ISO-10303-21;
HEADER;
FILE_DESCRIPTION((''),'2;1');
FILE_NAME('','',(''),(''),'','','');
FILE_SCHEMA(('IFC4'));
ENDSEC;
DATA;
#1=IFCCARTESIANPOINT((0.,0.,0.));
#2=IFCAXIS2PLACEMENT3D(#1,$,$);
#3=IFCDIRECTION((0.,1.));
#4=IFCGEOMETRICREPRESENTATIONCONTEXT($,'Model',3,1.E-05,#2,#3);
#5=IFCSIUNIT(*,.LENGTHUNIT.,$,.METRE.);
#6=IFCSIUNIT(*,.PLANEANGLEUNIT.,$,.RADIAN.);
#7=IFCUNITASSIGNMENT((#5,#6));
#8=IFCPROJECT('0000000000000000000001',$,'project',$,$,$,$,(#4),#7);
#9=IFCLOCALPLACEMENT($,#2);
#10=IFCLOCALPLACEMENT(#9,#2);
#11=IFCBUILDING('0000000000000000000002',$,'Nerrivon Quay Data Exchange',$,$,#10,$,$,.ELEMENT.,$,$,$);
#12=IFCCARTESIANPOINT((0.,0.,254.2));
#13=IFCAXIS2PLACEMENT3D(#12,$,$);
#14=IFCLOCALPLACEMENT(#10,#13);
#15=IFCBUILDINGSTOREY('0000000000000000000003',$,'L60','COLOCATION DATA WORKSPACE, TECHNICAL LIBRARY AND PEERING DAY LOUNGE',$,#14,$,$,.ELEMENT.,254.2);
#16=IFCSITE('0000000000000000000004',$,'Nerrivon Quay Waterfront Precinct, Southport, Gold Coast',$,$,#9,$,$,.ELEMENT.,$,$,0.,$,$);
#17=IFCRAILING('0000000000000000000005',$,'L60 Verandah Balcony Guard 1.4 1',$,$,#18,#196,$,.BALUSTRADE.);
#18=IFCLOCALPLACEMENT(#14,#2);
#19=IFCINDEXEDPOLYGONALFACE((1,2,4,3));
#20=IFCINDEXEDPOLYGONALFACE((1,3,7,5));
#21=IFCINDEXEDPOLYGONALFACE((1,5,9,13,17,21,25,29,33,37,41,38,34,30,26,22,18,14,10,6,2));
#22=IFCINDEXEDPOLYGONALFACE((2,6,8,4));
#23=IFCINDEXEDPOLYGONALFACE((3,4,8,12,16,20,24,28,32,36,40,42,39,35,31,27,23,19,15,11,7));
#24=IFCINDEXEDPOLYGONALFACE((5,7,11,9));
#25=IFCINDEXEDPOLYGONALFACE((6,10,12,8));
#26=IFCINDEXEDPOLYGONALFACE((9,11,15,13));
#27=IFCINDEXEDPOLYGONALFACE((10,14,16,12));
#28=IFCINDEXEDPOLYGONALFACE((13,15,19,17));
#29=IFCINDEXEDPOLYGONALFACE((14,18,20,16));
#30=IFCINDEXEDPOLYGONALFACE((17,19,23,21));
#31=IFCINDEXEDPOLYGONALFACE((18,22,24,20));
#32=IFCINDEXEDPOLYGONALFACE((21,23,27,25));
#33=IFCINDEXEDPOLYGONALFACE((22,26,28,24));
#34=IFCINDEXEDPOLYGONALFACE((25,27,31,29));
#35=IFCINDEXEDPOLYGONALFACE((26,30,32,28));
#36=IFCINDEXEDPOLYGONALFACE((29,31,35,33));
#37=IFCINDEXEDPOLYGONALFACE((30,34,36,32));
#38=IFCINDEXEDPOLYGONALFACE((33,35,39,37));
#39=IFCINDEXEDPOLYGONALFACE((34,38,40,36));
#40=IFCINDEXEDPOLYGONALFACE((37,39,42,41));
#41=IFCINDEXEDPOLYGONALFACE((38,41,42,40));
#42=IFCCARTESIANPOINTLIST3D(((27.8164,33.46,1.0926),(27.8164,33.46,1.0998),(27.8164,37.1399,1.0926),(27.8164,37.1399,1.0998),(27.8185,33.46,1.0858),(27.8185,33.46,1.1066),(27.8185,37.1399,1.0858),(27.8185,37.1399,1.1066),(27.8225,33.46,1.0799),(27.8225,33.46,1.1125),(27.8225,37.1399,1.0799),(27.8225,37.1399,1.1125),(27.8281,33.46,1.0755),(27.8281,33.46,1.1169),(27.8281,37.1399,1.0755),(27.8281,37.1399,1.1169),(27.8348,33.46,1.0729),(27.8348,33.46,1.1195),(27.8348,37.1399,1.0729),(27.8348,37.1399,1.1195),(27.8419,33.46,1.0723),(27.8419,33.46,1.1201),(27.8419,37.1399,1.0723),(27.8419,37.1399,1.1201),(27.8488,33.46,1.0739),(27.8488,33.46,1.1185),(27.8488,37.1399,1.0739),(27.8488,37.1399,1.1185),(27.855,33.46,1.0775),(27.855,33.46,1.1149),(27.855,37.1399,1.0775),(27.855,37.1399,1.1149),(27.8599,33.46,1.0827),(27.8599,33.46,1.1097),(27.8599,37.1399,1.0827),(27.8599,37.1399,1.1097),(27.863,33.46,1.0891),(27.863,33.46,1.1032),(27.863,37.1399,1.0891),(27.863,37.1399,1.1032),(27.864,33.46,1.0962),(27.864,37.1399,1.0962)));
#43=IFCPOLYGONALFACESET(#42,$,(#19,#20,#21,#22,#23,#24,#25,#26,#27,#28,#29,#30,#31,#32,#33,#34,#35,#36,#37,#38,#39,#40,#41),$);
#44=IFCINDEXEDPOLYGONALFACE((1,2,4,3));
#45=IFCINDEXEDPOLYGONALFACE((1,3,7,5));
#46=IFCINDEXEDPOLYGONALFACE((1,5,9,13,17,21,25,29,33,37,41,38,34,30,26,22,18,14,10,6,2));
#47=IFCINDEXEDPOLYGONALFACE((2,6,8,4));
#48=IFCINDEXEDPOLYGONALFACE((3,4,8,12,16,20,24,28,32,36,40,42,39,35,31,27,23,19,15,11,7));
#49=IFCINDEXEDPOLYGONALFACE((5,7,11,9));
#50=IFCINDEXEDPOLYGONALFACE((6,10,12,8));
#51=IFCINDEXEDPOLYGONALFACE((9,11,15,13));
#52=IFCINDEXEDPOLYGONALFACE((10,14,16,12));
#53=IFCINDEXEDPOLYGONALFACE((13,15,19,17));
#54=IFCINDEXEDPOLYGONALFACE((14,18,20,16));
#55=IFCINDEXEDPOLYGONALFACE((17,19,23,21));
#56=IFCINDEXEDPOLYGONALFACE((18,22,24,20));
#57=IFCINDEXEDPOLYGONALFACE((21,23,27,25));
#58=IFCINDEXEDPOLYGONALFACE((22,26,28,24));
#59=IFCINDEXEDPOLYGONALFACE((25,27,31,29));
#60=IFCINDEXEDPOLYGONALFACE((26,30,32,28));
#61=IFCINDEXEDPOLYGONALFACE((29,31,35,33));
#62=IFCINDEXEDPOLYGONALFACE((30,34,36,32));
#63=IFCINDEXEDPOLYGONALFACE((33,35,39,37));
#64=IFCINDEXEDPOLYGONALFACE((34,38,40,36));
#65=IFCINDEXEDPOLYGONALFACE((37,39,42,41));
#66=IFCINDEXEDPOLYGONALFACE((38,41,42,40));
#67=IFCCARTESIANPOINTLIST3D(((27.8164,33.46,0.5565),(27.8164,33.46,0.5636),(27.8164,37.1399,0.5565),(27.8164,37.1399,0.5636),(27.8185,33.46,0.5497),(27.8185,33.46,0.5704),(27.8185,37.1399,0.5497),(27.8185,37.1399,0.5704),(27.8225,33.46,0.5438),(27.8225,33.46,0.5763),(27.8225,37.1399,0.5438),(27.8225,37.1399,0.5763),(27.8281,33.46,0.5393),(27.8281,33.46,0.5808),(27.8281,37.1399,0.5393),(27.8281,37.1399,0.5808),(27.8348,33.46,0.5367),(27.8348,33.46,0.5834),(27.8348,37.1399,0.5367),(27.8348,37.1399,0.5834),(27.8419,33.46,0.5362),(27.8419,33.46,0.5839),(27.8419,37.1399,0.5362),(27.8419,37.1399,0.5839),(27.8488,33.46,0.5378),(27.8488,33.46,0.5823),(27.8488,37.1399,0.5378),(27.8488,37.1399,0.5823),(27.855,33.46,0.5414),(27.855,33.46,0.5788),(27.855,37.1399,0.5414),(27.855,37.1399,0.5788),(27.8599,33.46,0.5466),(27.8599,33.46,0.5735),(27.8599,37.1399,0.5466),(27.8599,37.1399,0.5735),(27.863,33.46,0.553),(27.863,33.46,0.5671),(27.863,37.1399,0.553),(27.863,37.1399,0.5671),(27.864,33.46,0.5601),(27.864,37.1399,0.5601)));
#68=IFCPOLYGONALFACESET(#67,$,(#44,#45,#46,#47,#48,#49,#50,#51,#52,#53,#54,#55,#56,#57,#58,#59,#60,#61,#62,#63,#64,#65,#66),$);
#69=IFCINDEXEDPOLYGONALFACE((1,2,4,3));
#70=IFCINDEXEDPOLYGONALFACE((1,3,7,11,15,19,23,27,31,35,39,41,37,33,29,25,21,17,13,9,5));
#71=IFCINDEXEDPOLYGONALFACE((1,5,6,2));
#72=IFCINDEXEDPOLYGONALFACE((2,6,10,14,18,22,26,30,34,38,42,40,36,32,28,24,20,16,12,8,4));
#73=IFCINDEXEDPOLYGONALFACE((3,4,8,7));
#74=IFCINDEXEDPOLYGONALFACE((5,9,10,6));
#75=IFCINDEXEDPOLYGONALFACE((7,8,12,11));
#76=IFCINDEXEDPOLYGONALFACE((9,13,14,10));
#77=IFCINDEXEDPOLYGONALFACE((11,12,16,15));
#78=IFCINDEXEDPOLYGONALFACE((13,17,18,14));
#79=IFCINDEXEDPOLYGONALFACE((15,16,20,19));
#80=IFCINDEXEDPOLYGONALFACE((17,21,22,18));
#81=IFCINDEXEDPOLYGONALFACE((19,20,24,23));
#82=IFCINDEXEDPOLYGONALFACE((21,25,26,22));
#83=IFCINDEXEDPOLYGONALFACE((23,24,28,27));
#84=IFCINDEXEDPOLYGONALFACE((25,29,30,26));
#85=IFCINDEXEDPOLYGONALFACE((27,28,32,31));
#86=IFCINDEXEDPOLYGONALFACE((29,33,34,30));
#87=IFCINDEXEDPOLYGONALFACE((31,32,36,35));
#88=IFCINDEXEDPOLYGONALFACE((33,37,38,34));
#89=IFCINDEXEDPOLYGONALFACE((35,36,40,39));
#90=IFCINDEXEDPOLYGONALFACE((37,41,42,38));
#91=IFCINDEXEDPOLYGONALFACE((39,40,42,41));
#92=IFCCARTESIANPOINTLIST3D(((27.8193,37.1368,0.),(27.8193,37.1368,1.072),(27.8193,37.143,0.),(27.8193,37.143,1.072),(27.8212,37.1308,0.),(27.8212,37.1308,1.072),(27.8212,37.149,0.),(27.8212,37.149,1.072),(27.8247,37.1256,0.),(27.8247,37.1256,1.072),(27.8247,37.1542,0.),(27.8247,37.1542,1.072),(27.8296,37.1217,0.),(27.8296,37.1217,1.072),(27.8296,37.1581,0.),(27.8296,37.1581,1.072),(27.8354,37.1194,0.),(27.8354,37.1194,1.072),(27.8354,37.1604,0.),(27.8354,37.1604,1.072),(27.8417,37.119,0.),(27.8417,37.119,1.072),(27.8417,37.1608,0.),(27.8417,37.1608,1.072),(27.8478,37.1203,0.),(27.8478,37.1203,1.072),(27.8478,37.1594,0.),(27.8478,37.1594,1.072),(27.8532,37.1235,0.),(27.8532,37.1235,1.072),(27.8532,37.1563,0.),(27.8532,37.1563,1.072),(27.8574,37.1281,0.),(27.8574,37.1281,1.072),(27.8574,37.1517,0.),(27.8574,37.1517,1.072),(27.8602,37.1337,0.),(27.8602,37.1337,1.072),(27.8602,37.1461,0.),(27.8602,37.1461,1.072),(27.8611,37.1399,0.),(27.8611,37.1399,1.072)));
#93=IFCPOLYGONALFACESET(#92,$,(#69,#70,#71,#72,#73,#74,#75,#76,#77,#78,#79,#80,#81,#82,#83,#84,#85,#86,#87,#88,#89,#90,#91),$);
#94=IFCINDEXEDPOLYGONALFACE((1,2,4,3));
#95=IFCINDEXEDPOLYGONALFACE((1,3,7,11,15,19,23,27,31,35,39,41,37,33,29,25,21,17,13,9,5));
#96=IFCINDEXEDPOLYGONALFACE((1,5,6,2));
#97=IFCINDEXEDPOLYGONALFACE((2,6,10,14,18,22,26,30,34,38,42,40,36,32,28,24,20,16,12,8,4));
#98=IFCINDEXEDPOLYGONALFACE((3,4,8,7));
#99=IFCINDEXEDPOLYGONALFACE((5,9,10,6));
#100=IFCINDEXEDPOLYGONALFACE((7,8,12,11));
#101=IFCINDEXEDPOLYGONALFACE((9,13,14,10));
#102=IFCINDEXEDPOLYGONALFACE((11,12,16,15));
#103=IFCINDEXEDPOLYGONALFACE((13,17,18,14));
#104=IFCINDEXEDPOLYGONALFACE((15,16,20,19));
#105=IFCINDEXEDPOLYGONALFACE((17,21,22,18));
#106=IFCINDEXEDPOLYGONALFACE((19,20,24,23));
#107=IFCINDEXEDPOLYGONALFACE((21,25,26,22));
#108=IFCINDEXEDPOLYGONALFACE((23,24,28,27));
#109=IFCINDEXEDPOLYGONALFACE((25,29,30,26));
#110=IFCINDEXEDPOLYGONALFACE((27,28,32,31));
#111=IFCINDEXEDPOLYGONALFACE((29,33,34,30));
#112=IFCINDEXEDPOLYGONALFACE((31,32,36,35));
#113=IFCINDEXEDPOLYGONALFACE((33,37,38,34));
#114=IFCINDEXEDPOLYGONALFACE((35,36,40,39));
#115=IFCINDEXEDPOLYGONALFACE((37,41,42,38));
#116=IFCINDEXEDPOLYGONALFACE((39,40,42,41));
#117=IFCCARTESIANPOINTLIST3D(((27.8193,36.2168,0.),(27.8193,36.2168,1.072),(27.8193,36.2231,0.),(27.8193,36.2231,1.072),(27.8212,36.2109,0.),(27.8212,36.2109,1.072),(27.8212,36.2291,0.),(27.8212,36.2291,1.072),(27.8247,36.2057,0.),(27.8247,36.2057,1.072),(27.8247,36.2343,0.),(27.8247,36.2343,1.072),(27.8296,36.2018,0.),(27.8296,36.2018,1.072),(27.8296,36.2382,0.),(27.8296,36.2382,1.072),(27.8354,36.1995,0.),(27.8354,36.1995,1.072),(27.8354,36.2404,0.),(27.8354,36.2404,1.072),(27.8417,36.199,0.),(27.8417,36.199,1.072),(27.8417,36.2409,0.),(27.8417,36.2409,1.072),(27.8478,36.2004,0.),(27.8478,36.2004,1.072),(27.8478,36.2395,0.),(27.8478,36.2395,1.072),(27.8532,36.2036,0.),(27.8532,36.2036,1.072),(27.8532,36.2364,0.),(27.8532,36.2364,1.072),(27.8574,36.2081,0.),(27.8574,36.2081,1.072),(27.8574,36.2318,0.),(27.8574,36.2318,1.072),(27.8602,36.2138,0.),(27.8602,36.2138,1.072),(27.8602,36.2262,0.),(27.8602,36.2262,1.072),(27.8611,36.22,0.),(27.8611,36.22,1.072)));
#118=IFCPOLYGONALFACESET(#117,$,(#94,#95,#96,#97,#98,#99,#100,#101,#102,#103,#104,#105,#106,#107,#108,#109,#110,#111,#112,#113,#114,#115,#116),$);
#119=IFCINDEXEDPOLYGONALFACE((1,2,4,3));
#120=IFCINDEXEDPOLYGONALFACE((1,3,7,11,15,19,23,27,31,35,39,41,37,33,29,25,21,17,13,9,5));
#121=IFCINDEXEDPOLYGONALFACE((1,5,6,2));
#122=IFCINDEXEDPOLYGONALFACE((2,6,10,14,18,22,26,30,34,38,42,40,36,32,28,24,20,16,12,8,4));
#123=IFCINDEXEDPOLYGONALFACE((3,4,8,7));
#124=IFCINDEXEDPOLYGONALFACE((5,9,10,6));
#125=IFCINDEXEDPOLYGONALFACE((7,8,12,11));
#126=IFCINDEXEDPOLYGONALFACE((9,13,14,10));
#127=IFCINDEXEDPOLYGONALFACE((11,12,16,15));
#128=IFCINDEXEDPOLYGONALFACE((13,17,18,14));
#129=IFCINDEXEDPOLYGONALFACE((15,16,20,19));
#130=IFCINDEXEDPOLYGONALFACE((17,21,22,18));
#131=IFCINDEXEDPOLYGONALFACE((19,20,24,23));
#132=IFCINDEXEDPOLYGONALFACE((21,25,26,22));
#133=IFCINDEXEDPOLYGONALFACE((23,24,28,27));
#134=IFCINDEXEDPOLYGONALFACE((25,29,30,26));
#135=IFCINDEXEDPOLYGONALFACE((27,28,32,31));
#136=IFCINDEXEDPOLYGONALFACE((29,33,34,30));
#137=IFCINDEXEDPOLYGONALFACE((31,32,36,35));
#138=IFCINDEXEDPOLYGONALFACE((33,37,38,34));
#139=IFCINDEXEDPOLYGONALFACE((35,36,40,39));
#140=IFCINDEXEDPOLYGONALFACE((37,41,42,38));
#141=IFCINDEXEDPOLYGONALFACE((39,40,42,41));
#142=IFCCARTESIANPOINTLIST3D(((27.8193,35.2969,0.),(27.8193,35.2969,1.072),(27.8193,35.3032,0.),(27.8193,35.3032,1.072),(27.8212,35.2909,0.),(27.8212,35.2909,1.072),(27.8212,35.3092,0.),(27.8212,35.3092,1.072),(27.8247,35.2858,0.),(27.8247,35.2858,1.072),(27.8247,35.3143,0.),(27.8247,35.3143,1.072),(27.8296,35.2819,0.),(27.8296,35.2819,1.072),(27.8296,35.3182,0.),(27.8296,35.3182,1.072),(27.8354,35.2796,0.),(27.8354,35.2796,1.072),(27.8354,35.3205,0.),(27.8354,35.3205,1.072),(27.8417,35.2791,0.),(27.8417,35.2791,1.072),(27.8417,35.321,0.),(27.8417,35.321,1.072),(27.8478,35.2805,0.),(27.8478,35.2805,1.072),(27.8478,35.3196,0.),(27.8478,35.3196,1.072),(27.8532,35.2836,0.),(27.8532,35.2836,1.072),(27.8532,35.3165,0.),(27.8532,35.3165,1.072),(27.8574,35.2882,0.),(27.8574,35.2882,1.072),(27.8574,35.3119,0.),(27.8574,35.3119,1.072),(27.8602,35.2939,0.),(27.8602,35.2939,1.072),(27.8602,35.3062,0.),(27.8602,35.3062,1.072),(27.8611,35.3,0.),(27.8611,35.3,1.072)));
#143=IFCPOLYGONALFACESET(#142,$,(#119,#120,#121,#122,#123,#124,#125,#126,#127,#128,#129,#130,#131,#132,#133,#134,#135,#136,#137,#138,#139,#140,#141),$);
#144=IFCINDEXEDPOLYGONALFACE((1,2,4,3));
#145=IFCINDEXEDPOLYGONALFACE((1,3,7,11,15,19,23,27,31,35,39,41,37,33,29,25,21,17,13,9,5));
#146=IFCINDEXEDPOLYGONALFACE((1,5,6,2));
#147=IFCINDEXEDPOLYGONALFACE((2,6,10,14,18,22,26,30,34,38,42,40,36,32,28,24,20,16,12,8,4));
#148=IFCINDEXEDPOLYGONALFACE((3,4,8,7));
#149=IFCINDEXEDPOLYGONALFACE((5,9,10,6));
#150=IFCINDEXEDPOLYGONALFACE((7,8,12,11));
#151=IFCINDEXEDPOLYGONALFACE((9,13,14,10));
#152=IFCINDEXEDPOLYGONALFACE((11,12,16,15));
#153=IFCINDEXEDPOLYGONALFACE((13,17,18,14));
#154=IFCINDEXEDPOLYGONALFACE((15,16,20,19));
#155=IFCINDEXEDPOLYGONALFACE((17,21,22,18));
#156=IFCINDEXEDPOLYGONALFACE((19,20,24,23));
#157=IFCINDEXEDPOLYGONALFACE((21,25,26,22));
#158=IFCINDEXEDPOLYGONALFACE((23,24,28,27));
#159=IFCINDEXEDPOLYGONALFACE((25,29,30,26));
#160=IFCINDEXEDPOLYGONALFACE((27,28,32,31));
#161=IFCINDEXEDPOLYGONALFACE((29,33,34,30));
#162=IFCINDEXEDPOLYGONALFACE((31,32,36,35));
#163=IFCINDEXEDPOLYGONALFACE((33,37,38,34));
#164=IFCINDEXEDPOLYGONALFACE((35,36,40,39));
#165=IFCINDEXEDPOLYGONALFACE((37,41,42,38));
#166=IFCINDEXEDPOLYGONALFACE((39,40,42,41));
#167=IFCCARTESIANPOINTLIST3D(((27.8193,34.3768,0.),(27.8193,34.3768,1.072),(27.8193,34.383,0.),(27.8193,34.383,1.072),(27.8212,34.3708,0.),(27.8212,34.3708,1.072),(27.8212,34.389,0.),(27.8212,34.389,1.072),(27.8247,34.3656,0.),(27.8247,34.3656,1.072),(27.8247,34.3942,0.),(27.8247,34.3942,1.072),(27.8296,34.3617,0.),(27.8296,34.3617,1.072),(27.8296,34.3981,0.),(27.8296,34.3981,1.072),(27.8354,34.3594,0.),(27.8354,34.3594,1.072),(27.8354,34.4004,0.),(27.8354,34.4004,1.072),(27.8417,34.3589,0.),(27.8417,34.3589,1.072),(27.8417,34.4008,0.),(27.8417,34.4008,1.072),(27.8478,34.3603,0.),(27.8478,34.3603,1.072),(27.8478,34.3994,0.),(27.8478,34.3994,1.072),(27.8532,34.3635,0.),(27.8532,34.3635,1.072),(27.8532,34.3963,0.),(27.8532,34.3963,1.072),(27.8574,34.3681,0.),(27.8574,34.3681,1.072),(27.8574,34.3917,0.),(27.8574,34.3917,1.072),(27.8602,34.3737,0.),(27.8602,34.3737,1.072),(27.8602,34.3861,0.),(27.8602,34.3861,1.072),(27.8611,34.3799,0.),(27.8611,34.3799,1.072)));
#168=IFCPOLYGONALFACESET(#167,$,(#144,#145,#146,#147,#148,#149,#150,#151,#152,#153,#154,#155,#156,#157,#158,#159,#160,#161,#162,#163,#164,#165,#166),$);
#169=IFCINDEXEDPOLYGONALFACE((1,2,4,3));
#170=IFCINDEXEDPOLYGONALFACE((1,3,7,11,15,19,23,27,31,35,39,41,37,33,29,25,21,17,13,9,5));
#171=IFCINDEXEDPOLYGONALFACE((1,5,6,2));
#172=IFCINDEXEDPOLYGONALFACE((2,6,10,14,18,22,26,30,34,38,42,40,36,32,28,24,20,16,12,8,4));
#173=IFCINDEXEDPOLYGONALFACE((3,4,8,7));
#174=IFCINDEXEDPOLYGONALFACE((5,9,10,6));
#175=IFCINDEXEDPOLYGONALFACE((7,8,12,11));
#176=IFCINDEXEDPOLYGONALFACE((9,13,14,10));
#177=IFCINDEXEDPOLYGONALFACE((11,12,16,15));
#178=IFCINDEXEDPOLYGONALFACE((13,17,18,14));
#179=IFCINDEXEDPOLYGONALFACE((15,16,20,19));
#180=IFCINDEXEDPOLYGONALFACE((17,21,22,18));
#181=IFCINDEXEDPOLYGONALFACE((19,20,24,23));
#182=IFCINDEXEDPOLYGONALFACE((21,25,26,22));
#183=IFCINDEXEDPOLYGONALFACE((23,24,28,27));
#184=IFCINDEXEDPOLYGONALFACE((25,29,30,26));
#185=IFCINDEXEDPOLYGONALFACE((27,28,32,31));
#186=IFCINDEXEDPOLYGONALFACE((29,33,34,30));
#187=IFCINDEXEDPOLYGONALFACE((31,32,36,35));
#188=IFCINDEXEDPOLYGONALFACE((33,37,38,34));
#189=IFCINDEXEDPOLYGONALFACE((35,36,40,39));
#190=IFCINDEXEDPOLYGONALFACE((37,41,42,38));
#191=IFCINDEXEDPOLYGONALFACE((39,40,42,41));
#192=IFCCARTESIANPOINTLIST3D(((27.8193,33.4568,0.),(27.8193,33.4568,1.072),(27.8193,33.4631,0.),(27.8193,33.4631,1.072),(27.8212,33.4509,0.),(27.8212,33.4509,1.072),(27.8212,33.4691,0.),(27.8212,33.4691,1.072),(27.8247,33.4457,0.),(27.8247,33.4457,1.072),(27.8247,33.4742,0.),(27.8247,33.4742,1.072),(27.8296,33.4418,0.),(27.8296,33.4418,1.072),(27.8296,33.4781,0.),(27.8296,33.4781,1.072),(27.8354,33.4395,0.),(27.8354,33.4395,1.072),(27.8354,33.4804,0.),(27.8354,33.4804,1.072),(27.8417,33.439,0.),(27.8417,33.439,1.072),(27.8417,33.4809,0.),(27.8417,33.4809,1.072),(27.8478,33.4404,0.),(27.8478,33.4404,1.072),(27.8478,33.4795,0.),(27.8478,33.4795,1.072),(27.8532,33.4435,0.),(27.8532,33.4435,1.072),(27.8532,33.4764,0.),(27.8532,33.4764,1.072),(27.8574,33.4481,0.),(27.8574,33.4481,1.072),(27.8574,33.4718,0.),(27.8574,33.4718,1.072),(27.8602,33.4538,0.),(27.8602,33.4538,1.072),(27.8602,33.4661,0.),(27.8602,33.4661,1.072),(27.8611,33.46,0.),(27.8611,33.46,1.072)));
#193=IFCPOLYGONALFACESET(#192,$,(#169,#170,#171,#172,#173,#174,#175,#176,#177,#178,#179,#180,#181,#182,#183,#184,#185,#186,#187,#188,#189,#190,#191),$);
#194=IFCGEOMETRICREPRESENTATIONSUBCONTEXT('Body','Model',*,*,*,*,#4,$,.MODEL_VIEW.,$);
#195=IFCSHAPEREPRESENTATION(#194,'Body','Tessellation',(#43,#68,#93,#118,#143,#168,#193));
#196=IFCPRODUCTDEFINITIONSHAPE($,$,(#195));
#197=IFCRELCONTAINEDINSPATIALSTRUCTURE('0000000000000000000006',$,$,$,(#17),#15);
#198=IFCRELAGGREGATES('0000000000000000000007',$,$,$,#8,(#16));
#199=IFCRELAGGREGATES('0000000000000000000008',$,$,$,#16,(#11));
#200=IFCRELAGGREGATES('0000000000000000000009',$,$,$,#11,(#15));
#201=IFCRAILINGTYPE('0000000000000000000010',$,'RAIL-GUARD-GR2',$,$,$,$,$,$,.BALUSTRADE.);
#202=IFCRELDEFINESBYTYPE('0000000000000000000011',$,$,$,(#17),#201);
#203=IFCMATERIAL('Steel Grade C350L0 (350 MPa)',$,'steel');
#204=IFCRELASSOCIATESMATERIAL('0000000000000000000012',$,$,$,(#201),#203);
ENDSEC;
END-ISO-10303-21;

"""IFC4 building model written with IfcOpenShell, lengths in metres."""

from ifc_helpers import new_model, si_unit, direction, frame, origin, origin_2d, place, context, subcontext, project, spatial, circle, extrude, material, type_object, element, save


model = new_model("IFC4")

# Units and contexts
model_context = context("Model", 3, precision=1e-05, world=origin(), true_north=direction((0.0, 1.0)))
body_context = subcontext(model_context, "Body", "Model", "MODEL_VIEW")
ifc_project = project(units=[si_unit("LENGTHUNIT", "METRE"), si_unit("PLANEANGLEUNIT", "RADIAN")], contexts=[model_context])

# Site, building, storey
site_placement = place(None, origin())
site = spatial("IfcSite", under=ifc_project, at=site_placement, Name="Nerrivon Quay Waterfront Precinct, Southport, Gold Coast", CompositionType="ELEMENT", RefElevation=0.0)
building_placement = place(site_placement, origin())
building = spatial("IfcBuilding", under=site, at=building_placement, Name="Nerrivon Quay Data Exchange", CompositionType="ELEMENT")
storey_placement = place(building_placement, frame((0.0, 0.0, 254.2)))
storey = spatial("IfcBuildingStorey", under=building, at=storey_placement, Name="L60", Description="COLOCATION DATA WORKSPACE, TECHNICAL LIBRARY AND PEERING DAY LOUNGE", CompositionType="ELEMENT", Elevation=254.2)

# Shared definitions
ifc_material_1 = material(Name="Steel Grade C350L0 (350 MPa)", Category="steel")

# Railing
railing_type = type_object("IfcRailingType", Name="RAIL-GUARD-GR2", PredefinedType="BALUSTRADE", material=ifc_material_1)
railing_1_placement = place(storey_placement, frame((27.8401, 37.1399, 0.0)))
element("IfcRailing", 1, at=railing_1_placement, inside=storey, type_object=railing_type, Name="L60 Verandah Balcony Guard 1.4 1", PredefinedType="BALUSTRADE", context=body_context, shape_type="SweptSolid", body=[
    extrude(circle(Radius=0.0239, at=origin_2d()), frame((0.0, 0.0, 1.0962), z_axis=(0.0, -1.0, 0.0), x_axis=(1.0, 0.0, 0.0)), (0.0, 0.0, 1.0), 3.6799),
    extrude(circle(Radius=0.0239, at=origin_2d()), frame((0.0, 0.0, 0.5601), z_axis=(0.0, -1.0, 0.0), x_axis=(1.0, 0.0, 0.0)), (0.0, 0.0, 1.0), 3.6799),
    extrude(circle(Radius=0.021, at=origin_2d()), origin(), (0.0, 0.0, 1.0), 1.072),
    extrude(circle(Radius=0.021, at=origin_2d()), frame((0.0, -0.9199, 0.0)), (0.0, 0.0, 1.0), 1.072),
    extrude(circle(Radius=0.021, at=origin_2d()), frame((0.0, -1.8398, 0.0)), (0.0, 0.0, 1.0), 1.072),
    extrude(circle(Radius=0.021, at=origin_2d()), frame((0.0, -2.76, 0.0)), (0.0, 0.0, 1.0), 1.072),
    extrude(circle(Radius=0.021, at=origin_2d()), frame((0.0, -3.6799, 0.0)), (0.0, 0.0, 1.0), 1.072),
])

save(model, "model.ifc")
